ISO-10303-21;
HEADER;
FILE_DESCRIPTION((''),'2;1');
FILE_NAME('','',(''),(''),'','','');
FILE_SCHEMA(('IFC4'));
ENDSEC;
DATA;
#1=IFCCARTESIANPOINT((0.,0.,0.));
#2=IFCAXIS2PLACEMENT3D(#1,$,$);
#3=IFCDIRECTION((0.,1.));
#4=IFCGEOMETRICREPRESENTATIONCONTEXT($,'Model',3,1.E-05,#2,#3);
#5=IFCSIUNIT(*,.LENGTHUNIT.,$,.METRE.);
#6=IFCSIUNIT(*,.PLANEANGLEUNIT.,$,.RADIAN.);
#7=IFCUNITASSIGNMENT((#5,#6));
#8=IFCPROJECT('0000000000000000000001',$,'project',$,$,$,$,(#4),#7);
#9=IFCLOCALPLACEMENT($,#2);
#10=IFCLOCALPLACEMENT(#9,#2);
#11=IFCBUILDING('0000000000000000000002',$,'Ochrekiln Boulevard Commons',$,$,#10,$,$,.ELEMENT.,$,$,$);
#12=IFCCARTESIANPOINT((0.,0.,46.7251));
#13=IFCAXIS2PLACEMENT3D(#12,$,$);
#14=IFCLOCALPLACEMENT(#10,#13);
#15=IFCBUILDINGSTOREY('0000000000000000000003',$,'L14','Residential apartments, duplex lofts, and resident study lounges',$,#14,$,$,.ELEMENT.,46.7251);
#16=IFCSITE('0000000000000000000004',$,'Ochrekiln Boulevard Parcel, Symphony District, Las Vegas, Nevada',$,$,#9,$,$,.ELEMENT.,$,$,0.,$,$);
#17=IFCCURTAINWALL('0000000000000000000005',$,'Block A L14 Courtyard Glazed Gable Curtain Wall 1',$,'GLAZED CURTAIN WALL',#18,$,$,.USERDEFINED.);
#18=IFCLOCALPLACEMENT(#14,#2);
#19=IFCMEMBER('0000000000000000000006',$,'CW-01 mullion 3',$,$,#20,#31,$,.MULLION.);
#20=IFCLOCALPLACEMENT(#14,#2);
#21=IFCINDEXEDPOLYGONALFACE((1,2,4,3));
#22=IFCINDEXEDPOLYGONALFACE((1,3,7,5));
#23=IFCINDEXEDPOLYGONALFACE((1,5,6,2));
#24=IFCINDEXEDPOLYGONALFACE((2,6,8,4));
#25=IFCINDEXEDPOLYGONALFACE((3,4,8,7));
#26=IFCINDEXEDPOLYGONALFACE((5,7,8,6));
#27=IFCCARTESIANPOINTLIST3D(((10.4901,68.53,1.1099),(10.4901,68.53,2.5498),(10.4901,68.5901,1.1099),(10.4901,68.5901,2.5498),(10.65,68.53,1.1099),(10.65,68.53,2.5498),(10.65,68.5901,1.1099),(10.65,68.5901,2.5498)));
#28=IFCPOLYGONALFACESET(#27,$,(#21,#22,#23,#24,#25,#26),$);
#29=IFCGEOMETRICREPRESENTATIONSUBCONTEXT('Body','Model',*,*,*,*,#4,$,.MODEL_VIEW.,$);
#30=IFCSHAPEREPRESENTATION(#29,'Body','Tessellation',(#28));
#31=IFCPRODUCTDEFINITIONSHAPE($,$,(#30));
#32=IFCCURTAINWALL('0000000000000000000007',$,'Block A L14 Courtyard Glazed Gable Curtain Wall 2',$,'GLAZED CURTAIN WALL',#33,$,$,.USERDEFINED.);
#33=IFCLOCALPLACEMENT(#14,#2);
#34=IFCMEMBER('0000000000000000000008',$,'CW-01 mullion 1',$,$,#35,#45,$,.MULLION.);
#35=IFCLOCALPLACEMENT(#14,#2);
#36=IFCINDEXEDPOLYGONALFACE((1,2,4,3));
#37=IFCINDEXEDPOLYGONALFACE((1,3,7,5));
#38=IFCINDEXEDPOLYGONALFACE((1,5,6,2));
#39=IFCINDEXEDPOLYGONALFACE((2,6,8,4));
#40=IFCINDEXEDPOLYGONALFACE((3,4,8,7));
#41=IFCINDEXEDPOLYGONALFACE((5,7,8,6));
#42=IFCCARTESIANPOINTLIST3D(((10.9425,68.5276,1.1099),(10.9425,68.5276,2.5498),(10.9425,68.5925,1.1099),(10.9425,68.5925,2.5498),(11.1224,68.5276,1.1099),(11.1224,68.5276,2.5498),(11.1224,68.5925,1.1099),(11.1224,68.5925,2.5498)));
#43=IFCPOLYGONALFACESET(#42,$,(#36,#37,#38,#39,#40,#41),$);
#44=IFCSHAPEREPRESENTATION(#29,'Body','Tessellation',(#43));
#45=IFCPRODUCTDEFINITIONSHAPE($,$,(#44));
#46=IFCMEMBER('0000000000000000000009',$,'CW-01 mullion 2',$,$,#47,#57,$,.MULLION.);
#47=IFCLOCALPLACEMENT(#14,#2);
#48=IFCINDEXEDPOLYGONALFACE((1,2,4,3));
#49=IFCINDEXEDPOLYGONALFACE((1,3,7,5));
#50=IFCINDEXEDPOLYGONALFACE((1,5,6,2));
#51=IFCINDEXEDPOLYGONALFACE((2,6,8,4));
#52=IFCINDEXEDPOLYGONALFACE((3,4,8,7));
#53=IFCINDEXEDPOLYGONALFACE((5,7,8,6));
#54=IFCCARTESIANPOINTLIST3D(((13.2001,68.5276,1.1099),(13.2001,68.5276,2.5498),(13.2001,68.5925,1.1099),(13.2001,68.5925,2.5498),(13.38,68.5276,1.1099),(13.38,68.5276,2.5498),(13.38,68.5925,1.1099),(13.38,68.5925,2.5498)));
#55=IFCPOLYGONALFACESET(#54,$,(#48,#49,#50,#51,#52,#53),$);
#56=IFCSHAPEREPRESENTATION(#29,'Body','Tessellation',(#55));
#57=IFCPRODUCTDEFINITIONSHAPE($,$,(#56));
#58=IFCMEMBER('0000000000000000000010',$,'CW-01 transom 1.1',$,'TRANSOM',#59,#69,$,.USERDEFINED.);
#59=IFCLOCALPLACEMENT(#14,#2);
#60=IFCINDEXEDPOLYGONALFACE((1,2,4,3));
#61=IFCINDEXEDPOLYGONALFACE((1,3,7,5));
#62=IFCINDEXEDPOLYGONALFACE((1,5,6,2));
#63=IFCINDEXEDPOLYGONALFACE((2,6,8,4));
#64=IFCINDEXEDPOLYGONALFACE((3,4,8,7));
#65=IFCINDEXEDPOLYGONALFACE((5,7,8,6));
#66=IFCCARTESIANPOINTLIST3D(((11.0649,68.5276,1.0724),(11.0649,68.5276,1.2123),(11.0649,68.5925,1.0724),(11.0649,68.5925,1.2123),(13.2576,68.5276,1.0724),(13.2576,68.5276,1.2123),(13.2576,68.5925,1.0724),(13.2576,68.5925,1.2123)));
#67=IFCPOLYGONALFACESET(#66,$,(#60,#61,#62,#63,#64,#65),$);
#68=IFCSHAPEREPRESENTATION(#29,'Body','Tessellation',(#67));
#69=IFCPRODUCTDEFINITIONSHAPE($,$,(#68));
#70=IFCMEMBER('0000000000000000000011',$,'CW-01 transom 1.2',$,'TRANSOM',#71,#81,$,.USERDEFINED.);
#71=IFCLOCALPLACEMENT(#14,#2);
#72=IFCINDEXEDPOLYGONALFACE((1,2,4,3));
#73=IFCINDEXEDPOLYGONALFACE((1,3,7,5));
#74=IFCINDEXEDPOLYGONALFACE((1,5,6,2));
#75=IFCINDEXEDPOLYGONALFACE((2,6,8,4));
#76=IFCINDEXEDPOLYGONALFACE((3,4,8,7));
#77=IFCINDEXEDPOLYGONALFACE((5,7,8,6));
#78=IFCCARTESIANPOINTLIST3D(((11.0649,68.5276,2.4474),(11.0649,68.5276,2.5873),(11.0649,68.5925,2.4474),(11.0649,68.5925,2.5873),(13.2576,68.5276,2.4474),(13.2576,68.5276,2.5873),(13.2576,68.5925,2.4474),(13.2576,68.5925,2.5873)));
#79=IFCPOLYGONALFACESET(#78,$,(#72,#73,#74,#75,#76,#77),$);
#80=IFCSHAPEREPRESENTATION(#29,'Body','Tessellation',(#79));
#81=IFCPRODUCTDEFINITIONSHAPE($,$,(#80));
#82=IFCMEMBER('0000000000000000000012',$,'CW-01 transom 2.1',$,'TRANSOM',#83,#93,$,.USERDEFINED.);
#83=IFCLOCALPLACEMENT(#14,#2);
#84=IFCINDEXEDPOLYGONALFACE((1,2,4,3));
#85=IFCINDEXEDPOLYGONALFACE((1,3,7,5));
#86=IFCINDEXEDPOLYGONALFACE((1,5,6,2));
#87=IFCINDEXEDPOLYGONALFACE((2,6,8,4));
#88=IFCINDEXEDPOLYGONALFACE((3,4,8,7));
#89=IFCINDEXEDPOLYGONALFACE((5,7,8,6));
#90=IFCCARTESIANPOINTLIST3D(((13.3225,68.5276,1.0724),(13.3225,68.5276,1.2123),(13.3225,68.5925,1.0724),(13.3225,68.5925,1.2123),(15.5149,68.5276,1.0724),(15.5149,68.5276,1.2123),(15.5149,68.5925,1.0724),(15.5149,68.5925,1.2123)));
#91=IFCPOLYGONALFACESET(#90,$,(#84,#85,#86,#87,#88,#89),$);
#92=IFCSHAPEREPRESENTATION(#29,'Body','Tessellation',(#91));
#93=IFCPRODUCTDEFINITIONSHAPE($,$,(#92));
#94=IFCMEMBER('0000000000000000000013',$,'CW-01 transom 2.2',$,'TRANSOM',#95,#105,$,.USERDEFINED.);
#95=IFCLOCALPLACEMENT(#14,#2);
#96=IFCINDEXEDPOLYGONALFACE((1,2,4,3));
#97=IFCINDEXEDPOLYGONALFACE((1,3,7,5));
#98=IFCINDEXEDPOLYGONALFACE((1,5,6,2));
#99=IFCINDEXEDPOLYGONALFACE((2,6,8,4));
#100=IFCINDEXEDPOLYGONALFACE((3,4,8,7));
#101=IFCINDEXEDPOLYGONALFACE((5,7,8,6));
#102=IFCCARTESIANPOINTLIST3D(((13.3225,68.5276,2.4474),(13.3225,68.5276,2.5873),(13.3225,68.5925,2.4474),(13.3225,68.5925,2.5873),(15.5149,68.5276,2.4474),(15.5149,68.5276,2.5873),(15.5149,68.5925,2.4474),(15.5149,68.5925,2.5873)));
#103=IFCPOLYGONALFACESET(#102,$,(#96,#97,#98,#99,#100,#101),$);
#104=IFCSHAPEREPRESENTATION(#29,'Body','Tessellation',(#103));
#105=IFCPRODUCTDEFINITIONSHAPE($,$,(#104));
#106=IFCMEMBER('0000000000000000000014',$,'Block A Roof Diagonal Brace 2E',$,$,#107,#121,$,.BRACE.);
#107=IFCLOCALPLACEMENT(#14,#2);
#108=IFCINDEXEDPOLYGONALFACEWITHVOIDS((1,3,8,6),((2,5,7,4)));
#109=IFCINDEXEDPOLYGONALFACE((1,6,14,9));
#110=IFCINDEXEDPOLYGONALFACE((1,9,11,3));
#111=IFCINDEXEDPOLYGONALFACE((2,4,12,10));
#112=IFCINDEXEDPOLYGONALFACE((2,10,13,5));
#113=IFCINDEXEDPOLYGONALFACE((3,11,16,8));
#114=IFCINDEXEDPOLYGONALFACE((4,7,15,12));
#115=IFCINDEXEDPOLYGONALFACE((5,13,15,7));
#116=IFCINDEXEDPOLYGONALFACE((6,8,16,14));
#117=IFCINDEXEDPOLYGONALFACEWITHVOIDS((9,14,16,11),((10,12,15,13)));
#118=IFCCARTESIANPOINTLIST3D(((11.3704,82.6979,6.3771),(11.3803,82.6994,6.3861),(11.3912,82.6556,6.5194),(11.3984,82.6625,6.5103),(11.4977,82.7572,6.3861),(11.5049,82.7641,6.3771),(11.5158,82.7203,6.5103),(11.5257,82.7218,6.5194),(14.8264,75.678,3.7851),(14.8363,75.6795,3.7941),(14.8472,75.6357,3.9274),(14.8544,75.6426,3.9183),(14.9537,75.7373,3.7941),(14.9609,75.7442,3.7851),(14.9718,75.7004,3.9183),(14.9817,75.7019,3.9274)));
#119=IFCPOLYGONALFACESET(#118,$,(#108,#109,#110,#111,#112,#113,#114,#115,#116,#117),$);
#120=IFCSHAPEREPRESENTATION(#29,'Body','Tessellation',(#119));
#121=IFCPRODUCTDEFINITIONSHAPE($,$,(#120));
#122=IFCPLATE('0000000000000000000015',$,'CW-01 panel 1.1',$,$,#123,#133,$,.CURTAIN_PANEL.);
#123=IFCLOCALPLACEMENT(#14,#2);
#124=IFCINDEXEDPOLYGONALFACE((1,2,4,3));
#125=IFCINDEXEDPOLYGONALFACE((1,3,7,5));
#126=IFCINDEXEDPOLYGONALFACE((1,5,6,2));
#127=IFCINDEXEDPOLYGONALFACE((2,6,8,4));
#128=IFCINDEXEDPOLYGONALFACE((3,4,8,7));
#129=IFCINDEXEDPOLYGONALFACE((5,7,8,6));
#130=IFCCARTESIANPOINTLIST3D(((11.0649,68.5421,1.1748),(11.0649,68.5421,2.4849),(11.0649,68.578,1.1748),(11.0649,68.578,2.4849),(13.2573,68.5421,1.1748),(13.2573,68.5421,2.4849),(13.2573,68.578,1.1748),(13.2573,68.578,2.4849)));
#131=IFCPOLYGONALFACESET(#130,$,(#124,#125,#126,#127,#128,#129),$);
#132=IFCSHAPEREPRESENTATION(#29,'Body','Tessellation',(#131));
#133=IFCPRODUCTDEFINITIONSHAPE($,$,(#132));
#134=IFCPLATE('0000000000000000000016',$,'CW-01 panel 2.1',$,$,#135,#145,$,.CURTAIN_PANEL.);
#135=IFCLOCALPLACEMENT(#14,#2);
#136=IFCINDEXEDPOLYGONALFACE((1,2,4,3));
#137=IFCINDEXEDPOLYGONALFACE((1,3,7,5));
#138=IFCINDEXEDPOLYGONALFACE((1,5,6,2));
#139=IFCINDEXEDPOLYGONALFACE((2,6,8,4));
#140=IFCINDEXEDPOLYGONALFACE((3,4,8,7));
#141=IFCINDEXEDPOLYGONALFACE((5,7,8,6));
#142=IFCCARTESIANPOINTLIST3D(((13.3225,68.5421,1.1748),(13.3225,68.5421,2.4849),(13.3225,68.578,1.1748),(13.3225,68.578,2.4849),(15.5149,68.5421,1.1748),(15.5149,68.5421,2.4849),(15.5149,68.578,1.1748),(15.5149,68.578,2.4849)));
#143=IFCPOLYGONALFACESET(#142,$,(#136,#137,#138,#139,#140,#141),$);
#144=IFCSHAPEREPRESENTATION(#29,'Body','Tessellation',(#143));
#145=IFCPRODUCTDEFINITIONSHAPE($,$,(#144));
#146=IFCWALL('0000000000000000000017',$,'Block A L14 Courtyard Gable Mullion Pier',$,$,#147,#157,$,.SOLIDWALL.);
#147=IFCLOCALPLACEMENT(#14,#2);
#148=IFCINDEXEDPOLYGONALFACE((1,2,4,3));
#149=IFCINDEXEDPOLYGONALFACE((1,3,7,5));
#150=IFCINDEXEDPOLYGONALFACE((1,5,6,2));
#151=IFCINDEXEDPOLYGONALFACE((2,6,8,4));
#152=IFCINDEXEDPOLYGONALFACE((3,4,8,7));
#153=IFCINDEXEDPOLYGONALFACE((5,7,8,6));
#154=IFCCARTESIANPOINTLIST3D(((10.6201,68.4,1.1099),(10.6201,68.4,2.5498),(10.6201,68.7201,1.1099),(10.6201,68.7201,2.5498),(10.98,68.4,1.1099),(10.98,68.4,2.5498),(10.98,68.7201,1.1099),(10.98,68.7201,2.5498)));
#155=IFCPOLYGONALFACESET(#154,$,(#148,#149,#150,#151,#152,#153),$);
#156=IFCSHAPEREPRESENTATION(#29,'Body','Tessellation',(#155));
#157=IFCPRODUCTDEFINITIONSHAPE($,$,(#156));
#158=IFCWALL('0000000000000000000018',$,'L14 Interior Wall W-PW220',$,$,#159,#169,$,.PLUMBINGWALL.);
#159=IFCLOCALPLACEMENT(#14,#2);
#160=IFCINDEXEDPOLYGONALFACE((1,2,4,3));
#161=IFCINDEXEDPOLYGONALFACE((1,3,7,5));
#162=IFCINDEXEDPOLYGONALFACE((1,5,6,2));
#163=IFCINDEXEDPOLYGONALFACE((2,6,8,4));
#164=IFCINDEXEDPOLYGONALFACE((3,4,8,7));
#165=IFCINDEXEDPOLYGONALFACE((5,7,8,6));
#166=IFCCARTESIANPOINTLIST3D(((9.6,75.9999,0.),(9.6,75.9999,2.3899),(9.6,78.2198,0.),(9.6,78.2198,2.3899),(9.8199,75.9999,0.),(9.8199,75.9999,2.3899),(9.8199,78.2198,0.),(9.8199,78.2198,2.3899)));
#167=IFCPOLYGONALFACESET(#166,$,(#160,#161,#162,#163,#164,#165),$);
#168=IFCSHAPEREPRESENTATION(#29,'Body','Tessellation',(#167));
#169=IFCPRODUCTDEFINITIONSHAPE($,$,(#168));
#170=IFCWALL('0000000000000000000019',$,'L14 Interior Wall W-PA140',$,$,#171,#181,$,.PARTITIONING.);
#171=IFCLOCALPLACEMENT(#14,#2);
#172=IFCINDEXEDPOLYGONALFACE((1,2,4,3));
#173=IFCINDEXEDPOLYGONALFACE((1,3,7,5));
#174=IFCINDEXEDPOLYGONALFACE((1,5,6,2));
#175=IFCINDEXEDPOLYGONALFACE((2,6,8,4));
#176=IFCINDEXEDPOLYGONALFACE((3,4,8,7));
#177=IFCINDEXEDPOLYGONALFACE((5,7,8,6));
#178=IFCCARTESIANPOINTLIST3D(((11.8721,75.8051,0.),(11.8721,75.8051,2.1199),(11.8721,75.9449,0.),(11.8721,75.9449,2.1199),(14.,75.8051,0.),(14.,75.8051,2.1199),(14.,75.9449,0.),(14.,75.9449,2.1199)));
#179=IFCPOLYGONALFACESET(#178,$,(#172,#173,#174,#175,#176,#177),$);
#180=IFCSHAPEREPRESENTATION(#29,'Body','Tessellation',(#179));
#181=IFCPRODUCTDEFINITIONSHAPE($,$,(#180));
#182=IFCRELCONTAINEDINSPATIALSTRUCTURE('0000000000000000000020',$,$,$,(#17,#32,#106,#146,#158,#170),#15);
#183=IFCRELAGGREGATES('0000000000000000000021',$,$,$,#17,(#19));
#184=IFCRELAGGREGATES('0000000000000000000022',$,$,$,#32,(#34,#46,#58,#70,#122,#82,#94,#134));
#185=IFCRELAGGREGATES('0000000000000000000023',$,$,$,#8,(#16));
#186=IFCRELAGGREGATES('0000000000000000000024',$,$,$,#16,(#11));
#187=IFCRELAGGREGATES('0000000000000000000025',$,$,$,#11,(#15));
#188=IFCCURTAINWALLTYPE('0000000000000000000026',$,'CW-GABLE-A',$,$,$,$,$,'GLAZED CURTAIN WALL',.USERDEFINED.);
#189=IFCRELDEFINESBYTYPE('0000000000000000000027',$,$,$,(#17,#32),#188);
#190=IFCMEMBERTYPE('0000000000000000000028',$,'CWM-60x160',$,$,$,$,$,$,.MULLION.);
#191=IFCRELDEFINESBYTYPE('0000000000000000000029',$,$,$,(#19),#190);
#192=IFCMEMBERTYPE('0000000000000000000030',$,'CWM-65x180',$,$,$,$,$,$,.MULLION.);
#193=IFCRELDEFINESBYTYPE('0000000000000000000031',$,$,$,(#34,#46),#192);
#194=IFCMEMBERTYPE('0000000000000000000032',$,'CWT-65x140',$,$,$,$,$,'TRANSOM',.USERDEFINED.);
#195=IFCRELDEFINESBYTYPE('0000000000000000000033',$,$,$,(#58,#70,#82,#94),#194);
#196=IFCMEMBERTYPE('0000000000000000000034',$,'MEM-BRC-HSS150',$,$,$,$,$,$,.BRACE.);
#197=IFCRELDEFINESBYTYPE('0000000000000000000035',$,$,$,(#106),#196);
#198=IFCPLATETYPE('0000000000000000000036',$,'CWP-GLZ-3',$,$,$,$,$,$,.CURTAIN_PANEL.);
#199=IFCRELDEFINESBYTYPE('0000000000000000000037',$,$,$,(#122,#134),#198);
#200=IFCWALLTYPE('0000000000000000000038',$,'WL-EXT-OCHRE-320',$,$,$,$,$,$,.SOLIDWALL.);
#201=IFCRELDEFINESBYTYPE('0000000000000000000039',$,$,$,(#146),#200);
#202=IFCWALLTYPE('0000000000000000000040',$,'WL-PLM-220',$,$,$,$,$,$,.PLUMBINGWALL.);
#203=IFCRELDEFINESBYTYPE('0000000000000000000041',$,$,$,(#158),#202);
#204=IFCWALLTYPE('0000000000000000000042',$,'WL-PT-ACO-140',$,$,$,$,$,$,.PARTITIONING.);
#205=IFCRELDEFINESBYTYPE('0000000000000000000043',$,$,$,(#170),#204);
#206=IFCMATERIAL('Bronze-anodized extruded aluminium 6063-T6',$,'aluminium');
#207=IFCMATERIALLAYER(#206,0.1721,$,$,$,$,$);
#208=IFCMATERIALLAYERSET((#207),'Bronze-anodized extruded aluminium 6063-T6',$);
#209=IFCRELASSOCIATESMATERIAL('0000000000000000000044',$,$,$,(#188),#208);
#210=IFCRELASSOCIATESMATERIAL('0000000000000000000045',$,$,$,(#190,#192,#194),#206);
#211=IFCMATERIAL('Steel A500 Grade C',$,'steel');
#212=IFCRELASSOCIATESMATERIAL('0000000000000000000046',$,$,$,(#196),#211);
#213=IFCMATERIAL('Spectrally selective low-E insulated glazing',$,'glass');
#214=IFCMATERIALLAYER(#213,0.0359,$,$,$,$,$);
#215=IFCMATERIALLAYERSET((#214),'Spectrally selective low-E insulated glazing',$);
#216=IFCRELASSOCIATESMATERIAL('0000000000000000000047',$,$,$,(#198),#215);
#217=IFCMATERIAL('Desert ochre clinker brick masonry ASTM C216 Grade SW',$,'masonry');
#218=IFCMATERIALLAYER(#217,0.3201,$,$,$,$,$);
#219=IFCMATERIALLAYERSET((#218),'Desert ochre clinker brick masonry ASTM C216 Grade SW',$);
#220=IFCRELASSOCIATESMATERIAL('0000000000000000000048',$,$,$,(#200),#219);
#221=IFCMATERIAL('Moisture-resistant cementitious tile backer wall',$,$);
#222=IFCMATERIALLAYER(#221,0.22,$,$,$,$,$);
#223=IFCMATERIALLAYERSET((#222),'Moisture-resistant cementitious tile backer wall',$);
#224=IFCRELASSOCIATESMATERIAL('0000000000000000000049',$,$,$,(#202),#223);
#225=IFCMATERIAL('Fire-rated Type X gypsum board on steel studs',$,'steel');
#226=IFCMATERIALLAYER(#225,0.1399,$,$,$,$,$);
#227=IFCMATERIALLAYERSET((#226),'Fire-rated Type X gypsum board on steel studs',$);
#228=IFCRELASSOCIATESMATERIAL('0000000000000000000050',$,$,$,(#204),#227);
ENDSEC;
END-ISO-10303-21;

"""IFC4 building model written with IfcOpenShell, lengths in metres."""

from ifc_helpers import new_model, si_unit, direction, frame, frame_2d, origin, origin_2d, place, context, subcontext, project, spatial, rectangle, hollow_rectangle, extrude, material, layer, layer_set, material_profile, profile_set, type_object, element, aggregate, save


model = new_model("IFC4")

# Units and contexts
model_context = context("Model", 3, precision=1e-05, world=origin(), true_north=direction((0.0, 1.0)))
body_context = subcontext(model_context, "Body", "Model", "MODEL_VIEW")
ifc_project = project(units=[si_unit("LENGTHUNIT", "METRE"), si_unit("PLANEANGLEUNIT", "RADIAN")], contexts=[model_context])

# Site, building, storey
site_placement = place(None, origin())
site = spatial("IfcSite", under=ifc_project, at=site_placement, Name="Ochrekiln Boulevard Parcel, Symphony District, Las Vegas, Nevada", CompositionType="ELEMENT", RefElevation=0.0)
building_placement = place(site_placement, origin())
building = spatial("IfcBuilding", under=site, at=building_placement, Name="Ochrekiln Boulevard Commons", CompositionType="ELEMENT")
storey_placement = place(building_placement, frame((0.0, 0.0, 46.7251)))
storey = spatial("IfcBuildingStorey", under=building, at=storey_placement, Name="L14", Description="Residential apartments, duplex lofts, and resident study lounges", CompositionType="ELEMENT", Elevation=46.7251)

# Curtain wall, member
ifc_material_1 = material(Name="Bronze-anodized extruded aluminium 6063-T6", Category="aluminium")
ifc_layer_1 = layer(ifc_material_1, 0.1721)
ifc_layer_set_1 = layer_set([ifc_layer_1], Name="Bronze-anodized extruded aluminium 6063-T6")
curtain_wall_type = type_object("IfcCurtainWallType", Name="CW-GABLE-A", ElementType="GLAZED CURTAIN WALL", PredefinedType="USERDEFINED", material=ifc_layer_set_1)
curtain_wall_1_placement = place(storey_placement, origin())
curtain_wall_1 = element("IfcCurtainWall", 1, at=curtain_wall_1_placement, inside=storey, type_object=curtain_wall_type, Name="Block A L14 Courtyard Glazed Gable Curtain Wall 1", ObjectType="GLAZED CURTAIN WALL", PredefinedType="USERDEFINED")
ifc_material_profile_1 = material_profile(ifc_material_1, rectangle(XDim=0.0601, YDim=0.1599, at=origin_2d()), Name="ALU-MUL-60x160")
ifc_profile_set_1 = profile_set([ifc_material_profile_1], Name="Bronze-anodized extruded aluminium 6063-T6")
member_type_1 = type_object("IfcMemberType", Name="CWM-60x160", PredefinedType="MULLION", material=ifc_profile_set_1)
member_1_placement = place(storey_placement, frame((10.5701, 68.5601, 1.1099), z_axis=(0.0, 0.0, 1.0), x_axis=(0.0, 1.0, 0.0)))
member_1 = element("IfcMember", 2, at=member_1_placement, type_object=member_type_1, Name="CW-01 mullion 3", PredefinedType="MULLION", context=body_context, shape_type="SweptSolid", body=[
    extrude(rectangle(XDim=0.0601, YDim=0.1599, at=origin_2d()), origin(), (0.0, 0.0, 1.0), 1.4399),
])
aggregate(curtain_wall_1, [member_1])

# Curtain wall, members
curtain_wall_2_placement = place(storey_placement, origin())
curtain_wall_2 = element("IfcCurtainWall", 3, at=curtain_wall_2_placement, inside=storey, type_object=curtain_wall_type, Name="Block A L14 Courtyard Glazed Gable Curtain Wall 2", ObjectType="GLAZED CURTAIN WALL", PredefinedType="USERDEFINED")
ifc_material_profile_2 = material_profile(ifc_material_1, rectangle(XDim=0.0649, YDim=0.1799, at=origin_2d()), Name="ALU-MUL-65x180")
ifc_profile_set_2 = profile_set([ifc_material_profile_2], Name="Bronze-anodized extruded aluminium 6063-T6")
member_type_2 = type_object("IfcMemberType", Name="CWM-65x180", PredefinedType="MULLION", material=ifc_profile_set_2)
member_2_placement = place(storey_placement, frame((11.0325, 68.5601, 1.1099), z_axis=(0.0, 0.0, 1.0), x_axis=(0.0, 1.0, 0.0)))
member_2 = element("IfcMember", 4, at=member_2_placement, type_object=member_type_2, Name="CW-01 mullion 1", PredefinedType="MULLION", context=body_context, shape_type="SweptSolid", body=[
    extrude(rectangle(XDim=0.0649, YDim=0.1799, at=origin_2d()), origin(), (0.0, 0.0, 1.0), 1.4399),
])
member_3_placement = place(storey_placement, frame((13.29, 68.5601, 1.1099), z_axis=(0.0, 0.0, 1.0), x_axis=(0.0, 1.0, 0.0)))
member_3 = element("IfcMember", 5, at=member_3_placement, type_object=member_type_2, Name="CW-01 mullion 2", PredefinedType="MULLION", context=body_context, shape_type="SweptSolid", body=[
    extrude(rectangle(XDim=0.0649, YDim=0.1799, at=origin_2d()), origin(), (0.0, 0.0, 1.0), 1.4399),
])
ifc_material_profile_3 = material_profile(ifc_material_1, rectangle(XDim=0.0649, YDim=0.1399, at=origin_2d()), Name="ALU-TRN-65x140")
ifc_profile_set_3 = profile_set([ifc_material_profile_3], Name="Bronze-anodized extruded aluminium 6063-T6")
member_type_3 = type_object("IfcMemberType", Name="CWT-65x140", ElementType="TRANSOM", PredefinedType="USERDEFINED", material=ifc_profile_set_3)
member_4_placement = place(storey_placement, frame((11.0649, 68.5601, 1.1423), z_axis=(1.0, 0.0, 0.0), x_axis=(0.0, 1.0, 0.0)))
member_4 = element("IfcMember", 6, at=member_4_placement, type_object=member_type_3, Name="CW-01 transom 1.1", ObjectType="TRANSOM", PredefinedType="USERDEFINED", context=body_context, shape_type="SweptSolid", body=[
    extrude(rectangle(XDim=0.0649, YDim=0.1399, at=origin_2d()), origin(), (0.0, 0.0, 1.0), 2.1926),
])
member_5_placement = place(storey_placement, frame((11.0649, 68.5601, 2.5173), z_axis=(1.0, 0.0, 0.0), x_axis=(0.0, 1.0, 0.0)))
member_5 = element("IfcMember", 7, at=member_5_placement, type_object=member_type_3, Name="CW-01 transom 1.2", ObjectType="TRANSOM", PredefinedType="USERDEFINED", context=body_context, shape_type="SweptSolid", body=[
    extrude(rectangle(XDim=0.0649, YDim=0.1399, at=origin_2d()), origin(), (0.0, 0.0, 1.0), 2.1926),
])
member_6_placement = place(storey_placement, frame((13.3225, 68.5601, 1.1423), z_axis=(1.0, 0.0, 0.0), x_axis=(0.0, 1.0, 0.0)))
member_6 = element("IfcMember", 8, at=member_6_placement, type_object=member_type_3, Name="CW-01 transom 2.1", ObjectType="TRANSOM", PredefinedType="USERDEFINED", context=body_context, shape_type="SweptSolid", body=[
    extrude(rectangle(XDim=0.0649, YDim=0.1399, at=origin_2d()), origin(), (0.0, 0.0, 1.0), 2.1924),
])
member_7_placement = place(storey_placement, frame((13.3225, 68.5601, 2.5173), z_axis=(1.0, 0.0, 0.0), x_axis=(0.0, 1.0, 0.0)))
member_7 = element("IfcMember", 9, at=member_7_placement, type_object=member_type_3, Name="CW-01 transom 2.2", ObjectType="TRANSOM", PredefinedType="USERDEFINED", context=body_context, shape_type="SweptSolid", body=[
    extrude(rectangle(XDim=0.0649, YDim=0.1399, at=origin_2d()), origin(), (0.0, 0.0, 1.0), 2.1924),
])

# Member
ifc_material_2 = material(Name="Steel A500 Grade C", Category="steel")
ifc_material_profile_4 = material_profile(ifc_material_2, hollow_rectangle(XDim=0.1499, YDim=0.1499, WallThickness=0.0095, at=origin_2d()), Name="HSS150X150X9.5")
ifc_profile_set_4 = profile_set([ifc_material_profile_4], Name="Steel A500 Grade C")
member_type_4 = type_object("IfcMemberType", Name="MEM-BRC-HSS150", PredefinedType="BRACE", material=ifc_profile_set_4)
member_8_placement = place(storey_placement, frame((14.9041, 75.6899, 3.8562), z_axis=(-0.419282, 0.851655, 0.314461), x_axis=(-0.897168, -0.441689, 0.0)))
element("IfcMember", 10, at=member_8_placement, inside=storey, type_object=member_type_4, Name="Block A Roof Diagonal Brace 2E", PredefinedType="BRACE", context=body_context, shape_type="SweptSolid", body=[
    extrude(hollow_rectangle(XDim=0.1499, YDim=0.1499, WallThickness=0.0095, at=origin_2d()), origin(), (0.0, 0.0, 1.0), 8.2427),
])

# Plates
ifc_material_3 = material(Name="Spectrally selective low-E insulated glazing", Category="glass")
ifc_layer_2 = layer(ifc_material_3, 0.0359)
ifc_layer_set_2 = layer_set([ifc_layer_2], Name="Spectrally selective low-E insulated glazing")
plate_type = type_object("IfcPlateType", Name="CWP-GLZ-3", PredefinedType="CURTAIN_PANEL", material=ifc_layer_set_2)
plate_1_placement = place(storey_placement, frame((12.1611, 68.5601, 1.1748), z_axis=(0.0, 0.0, 1.0), x_axis=(1.0, 0.0, 0.0)))
plate_1 = element("IfcPlate", 11, at=plate_1_placement, type_object=plate_type, Name="CW-01 panel 1.1", PredefinedType="CURTAIN_PANEL", context=body_context, shape_type="SweptSolid", body=[
    extrude(rectangle(XDim=2.1924, YDim=0.0359, at=origin_2d()), origin(), (0.0, 0.0, 1.0), 1.3101),
])
plate_2_placement = place(storey_placement, frame((14.4187, 68.5601, 1.1748), z_axis=(0.0, 0.0, 1.0), x_axis=(1.0, 0.0, 0.0)))
plate_2 = element("IfcPlate", 12, at=plate_2_placement, type_object=plate_type, Name="CW-01 panel 2.1", PredefinedType="CURTAIN_PANEL", context=body_context, shape_type="SweptSolid", body=[
    extrude(rectangle(XDim=2.1924, YDim=0.0359, at=origin_2d()), origin(), (0.0, 0.0, 1.0), 1.3101),
])
aggregate(curtain_wall_2, [member_2, member_3, member_4, member_5, plate_1, member_6, member_7, plate_2])

# Walls
ifc_material_4 = material(Name="Desert ochre clinker brick masonry ASTM C216 Grade SW", Category="masonry")
ifc_layer_3 = layer(ifc_material_4, 0.3201)
ifc_layer_set_3 = layer_set([ifc_layer_3], Name="Desert ochre clinker brick masonry ASTM C216 Grade SW")
wall_type_1 = type_object("IfcWallType", Name="WL-EXT-OCHRE-320", PredefinedType="SOLIDWALL", material=ifc_layer_set_3)
wall_1_placement = place(storey_placement, frame((10.6201, 68.5601, 1.1099), z_axis=(0.0, 0.0, 1.0), x_axis=(1.0, 0.0, 0.0)))
element("IfcWall", 13, at=wall_1_placement, inside=storey, type_object=wall_type_1, Name="Block A L14 Courtyard Gable Mullion Pier", PredefinedType="SOLIDWALL", context=body_context, shape_type="SweptSolid", body=[
    extrude(rectangle(XDim=0.3599, YDim=0.3201, at=frame_2d((0.1799, 0.0))), origin(), (0.0, 0.0, 1.0), 1.4399),
])
ifc_material_5 = material(Name="Moisture-resistant cementitious tile backer wall")
ifc_layer_4 = layer(ifc_material_5, 0.22)
ifc_layer_set_4 = layer_set([ifc_layer_4], Name="Moisture-resistant cementitious tile backer wall")
wall_type_2 = type_object("IfcWallType", Name="WL-PLM-220", PredefinedType="PLUMBINGWALL", material=ifc_layer_set_4)
wall_2_placement = place(storey_placement, frame((9.71, 76.0, 0.0), z_axis=(0.0, 0.0, 1.0), x_axis=(0.0, 1.0, 0.0)))
element("IfcWall", 14, at=wall_2_placement, inside=storey, type_object=wall_type_2, Name="L14 Interior Wall W-PW220", PredefinedType="PLUMBINGWALL", context=body_context, shape_type="SweptSolid", body=[
    extrude(rectangle(XDim=2.22, YDim=0.22, at=frame_2d((1.1099, 0.0))), origin(), (0.0, 0.0, 1.0), 2.3899),
])
ifc_material_6 = material(Name="Fire-rated Type X gypsum board on steel studs", Category="steel")
ifc_layer_5 = layer(ifc_material_6, 0.1399)
ifc_layer_set_5 = layer_set([ifc_layer_5], Name="Fire-rated Type X gypsum board on steel studs")
wall_type_3 = type_object("IfcWallType", Name="WL-PT-ACO-140", PredefinedType="PARTITIONING", material=ifc_layer_set_5)
wall_3_placement = place(storey_placement, frame((11.8721, 75.875, 0.0), z_axis=(0.0, 0.0, 1.0), x_axis=(1.0, 0.0, 0.0)))
element("IfcWall", 15, at=wall_3_placement, inside=storey, type_object=wall_type_3, Name="L14 Interior Wall W-PA140", PredefinedType="PARTITIONING", context=body_context, shape_type="SweptSolid", body=[
    extrude(rectangle(XDim=2.1279, YDim=0.1399, at=frame_2d((1.064, 0.0))), origin(), (0.0, 0.0, 1.0), 2.1199),
])

save(model, "model.ifc")
